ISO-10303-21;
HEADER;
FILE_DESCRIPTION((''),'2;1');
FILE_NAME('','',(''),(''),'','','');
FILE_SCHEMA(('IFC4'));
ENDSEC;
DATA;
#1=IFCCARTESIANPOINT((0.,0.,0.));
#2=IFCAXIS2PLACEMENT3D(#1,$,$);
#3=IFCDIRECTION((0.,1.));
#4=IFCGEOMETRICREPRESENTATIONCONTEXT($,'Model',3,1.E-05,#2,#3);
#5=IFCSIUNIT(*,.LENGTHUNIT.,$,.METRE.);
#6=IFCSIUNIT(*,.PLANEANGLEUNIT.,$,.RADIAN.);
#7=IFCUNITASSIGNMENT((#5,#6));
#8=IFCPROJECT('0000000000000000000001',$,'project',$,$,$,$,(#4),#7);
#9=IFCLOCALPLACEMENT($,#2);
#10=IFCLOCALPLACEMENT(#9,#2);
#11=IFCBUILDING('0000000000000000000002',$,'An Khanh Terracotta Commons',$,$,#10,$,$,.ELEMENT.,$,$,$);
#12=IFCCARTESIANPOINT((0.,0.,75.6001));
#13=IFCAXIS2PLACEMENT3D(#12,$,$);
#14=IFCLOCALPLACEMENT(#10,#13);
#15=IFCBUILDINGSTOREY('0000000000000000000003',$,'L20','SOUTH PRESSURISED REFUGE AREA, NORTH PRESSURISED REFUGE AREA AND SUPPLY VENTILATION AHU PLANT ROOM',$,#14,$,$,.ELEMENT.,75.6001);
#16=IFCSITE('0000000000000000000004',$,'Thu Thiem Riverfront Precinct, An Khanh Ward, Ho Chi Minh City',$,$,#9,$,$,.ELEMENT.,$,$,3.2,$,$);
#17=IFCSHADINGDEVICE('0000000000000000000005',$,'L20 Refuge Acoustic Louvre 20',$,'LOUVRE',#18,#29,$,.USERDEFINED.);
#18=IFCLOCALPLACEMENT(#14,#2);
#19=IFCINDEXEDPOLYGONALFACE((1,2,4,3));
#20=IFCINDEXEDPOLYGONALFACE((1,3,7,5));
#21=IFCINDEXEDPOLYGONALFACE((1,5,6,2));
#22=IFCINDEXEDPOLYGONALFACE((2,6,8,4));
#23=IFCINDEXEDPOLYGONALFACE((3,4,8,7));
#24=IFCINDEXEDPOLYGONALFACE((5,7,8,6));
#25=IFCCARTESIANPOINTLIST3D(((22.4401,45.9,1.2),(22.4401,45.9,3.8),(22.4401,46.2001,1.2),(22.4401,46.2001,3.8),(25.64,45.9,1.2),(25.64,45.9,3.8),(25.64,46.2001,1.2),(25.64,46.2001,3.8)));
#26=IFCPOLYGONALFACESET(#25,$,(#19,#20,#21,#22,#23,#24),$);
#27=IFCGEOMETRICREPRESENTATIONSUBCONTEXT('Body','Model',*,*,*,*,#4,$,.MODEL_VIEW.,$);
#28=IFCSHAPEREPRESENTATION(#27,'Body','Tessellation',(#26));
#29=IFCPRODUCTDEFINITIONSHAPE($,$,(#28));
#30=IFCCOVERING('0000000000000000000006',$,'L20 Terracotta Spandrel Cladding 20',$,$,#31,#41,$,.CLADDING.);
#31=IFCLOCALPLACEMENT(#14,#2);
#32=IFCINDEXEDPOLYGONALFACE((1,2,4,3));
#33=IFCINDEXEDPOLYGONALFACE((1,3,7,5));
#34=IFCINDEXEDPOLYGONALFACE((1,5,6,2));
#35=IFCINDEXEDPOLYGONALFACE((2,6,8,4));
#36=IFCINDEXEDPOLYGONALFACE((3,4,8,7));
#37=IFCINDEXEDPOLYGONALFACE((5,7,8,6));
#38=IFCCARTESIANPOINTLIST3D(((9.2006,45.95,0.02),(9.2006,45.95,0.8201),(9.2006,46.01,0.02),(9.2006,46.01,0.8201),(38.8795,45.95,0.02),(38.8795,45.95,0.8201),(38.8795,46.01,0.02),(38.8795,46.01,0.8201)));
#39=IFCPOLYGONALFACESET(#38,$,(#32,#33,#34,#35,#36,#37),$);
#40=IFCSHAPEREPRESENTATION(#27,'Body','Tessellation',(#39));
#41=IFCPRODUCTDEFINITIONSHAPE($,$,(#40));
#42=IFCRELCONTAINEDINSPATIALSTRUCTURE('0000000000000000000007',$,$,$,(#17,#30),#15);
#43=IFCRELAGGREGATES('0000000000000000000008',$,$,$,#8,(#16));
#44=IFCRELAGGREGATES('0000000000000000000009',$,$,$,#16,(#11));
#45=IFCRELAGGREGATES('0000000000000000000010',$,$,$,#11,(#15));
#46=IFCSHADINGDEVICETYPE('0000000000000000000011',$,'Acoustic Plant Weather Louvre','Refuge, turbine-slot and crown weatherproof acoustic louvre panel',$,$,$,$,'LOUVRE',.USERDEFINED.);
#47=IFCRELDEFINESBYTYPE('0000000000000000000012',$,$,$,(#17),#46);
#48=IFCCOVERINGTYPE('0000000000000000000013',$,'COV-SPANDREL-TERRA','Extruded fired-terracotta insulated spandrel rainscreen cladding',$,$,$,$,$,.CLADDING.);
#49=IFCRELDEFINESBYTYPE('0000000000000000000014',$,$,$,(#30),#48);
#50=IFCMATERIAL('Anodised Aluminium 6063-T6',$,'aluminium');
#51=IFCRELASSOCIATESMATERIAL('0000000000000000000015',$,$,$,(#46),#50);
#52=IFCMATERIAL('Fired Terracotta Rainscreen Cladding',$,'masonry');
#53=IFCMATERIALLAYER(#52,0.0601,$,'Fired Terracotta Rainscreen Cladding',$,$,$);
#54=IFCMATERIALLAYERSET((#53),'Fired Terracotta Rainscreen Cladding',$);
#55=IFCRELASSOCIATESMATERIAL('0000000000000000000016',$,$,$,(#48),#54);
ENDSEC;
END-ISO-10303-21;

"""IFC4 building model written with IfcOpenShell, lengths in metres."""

from ifc_helpers import new_model, si_unit, direction, frame, origin, origin_2d, place, context, subcontext, project, spatial, rectangle, extrude, material, layer, layer_set, type_object, element, save


model = new_model("IFC4")

# Units and contexts
model_context = context("Model", 3, precision=1e-05, world=origin(), true_north=direction((0.0, 1.0)))
body_context = subcontext(model_context, "Body", "Model", "MODEL_VIEW")
ifc_project = project(units=[si_unit("LENGTHUNIT", "METRE"), si_unit("PLANEANGLEUNIT", "RADIAN")], contexts=[model_context])

# Site, building, storey
site_placement = place(None, origin())
site = spatial("IfcSite", under=ifc_project, at=site_placement, Name="Thu Thiem Riverfront Precinct, An Khanh Ward, Ho Chi Minh City", CompositionType="ELEMENT", RefElevation=3.2)
building_placement = place(site_placement, origin())
building = spatial("IfcBuilding", under=site, at=building_placement, Name="An Khanh Terracotta Commons", CompositionType="ELEMENT")
storey_placement = place(building_placement, frame((0.0, 0.0, 75.6001)))
storey = spatial("IfcBuildingStorey", under=building, at=storey_placement, Name="L20", Description="SOUTH PRESSURISED REFUGE AREA, NORTH PRESSURISED REFUGE AREA AND SUPPLY VENTILATION AHU PLANT ROOM", CompositionType="ELEMENT", Elevation=75.6001)

# Shading device
ifc_material_1 = material(Name="Anodised Aluminium 6063-T6", Category="aluminium")
shading_device_type = type_object("IfcShadingDeviceType", Name="Acoustic Plant Weather Louvre", Description="Refuge, turbine-slot and crown weatherproof acoustic louvre panel", ElementType="LOUVRE", PredefinedType="USERDEFINED", material=ifc_material_1)
shading_device_placement = place(storey_placement, frame((24.04, 46.05, 1.2), z_axis=(0.0, 0.0, 1.0), x_axis=(-1.0, 0.0, 0.0)))
element("IfcShadingDevice", 1, at=shading_device_placement, inside=storey, type_object=shading_device_type, Name="L20 Refuge Acoustic Louvre 20", ObjectType="LOUVRE", PredefinedType="USERDEFINED", context=body_context, shape_type="SweptSolid", body=[
    extrude(rectangle(XDim=3.2, YDim=0.3, at=origin_2d()), origin(), (0.0, 0.0, 1.0), 2.6001),
])

# Covering
ifc_material_2 = material(Name="Fired Terracotta Rainscreen Cladding", Category="masonry")
ifc_layer_1 = layer(ifc_material_2, 0.0601, Name="Fired Terracotta Rainscreen Cladding")
ifc_layer_set_1 = layer_set([ifc_layer_1], Name="Fired Terracotta Rainscreen Cladding")
covering_type = type_object("IfcCoveringType", Name="COV-SPANDREL-TERRA", Description="Extruded fired-terracotta insulated spandrel rainscreen cladding", PredefinedType="CLADDING", material=ifc_layer_set_1)
covering_placement = place(storey_placement, frame((24.04, 45.98, 0.02), z_axis=(0.0, 0.0, 1.0), x_axis=(-1.0, 0.0, 0.0)))
element("IfcCovering", 2, at=covering_placement, inside=storey, type_object=covering_type, Name="L20 Terracotta Spandrel Cladding 20", PredefinedType="CLADDING", context=body_context, shape_type="SweptSolid", body=[
    extrude(rectangle(XDim=29.679, YDim=0.0601, at=origin_2d()), origin(), (0.0, 0.0, 1.0), 0.8),
])

save(model, "model.ifc")
